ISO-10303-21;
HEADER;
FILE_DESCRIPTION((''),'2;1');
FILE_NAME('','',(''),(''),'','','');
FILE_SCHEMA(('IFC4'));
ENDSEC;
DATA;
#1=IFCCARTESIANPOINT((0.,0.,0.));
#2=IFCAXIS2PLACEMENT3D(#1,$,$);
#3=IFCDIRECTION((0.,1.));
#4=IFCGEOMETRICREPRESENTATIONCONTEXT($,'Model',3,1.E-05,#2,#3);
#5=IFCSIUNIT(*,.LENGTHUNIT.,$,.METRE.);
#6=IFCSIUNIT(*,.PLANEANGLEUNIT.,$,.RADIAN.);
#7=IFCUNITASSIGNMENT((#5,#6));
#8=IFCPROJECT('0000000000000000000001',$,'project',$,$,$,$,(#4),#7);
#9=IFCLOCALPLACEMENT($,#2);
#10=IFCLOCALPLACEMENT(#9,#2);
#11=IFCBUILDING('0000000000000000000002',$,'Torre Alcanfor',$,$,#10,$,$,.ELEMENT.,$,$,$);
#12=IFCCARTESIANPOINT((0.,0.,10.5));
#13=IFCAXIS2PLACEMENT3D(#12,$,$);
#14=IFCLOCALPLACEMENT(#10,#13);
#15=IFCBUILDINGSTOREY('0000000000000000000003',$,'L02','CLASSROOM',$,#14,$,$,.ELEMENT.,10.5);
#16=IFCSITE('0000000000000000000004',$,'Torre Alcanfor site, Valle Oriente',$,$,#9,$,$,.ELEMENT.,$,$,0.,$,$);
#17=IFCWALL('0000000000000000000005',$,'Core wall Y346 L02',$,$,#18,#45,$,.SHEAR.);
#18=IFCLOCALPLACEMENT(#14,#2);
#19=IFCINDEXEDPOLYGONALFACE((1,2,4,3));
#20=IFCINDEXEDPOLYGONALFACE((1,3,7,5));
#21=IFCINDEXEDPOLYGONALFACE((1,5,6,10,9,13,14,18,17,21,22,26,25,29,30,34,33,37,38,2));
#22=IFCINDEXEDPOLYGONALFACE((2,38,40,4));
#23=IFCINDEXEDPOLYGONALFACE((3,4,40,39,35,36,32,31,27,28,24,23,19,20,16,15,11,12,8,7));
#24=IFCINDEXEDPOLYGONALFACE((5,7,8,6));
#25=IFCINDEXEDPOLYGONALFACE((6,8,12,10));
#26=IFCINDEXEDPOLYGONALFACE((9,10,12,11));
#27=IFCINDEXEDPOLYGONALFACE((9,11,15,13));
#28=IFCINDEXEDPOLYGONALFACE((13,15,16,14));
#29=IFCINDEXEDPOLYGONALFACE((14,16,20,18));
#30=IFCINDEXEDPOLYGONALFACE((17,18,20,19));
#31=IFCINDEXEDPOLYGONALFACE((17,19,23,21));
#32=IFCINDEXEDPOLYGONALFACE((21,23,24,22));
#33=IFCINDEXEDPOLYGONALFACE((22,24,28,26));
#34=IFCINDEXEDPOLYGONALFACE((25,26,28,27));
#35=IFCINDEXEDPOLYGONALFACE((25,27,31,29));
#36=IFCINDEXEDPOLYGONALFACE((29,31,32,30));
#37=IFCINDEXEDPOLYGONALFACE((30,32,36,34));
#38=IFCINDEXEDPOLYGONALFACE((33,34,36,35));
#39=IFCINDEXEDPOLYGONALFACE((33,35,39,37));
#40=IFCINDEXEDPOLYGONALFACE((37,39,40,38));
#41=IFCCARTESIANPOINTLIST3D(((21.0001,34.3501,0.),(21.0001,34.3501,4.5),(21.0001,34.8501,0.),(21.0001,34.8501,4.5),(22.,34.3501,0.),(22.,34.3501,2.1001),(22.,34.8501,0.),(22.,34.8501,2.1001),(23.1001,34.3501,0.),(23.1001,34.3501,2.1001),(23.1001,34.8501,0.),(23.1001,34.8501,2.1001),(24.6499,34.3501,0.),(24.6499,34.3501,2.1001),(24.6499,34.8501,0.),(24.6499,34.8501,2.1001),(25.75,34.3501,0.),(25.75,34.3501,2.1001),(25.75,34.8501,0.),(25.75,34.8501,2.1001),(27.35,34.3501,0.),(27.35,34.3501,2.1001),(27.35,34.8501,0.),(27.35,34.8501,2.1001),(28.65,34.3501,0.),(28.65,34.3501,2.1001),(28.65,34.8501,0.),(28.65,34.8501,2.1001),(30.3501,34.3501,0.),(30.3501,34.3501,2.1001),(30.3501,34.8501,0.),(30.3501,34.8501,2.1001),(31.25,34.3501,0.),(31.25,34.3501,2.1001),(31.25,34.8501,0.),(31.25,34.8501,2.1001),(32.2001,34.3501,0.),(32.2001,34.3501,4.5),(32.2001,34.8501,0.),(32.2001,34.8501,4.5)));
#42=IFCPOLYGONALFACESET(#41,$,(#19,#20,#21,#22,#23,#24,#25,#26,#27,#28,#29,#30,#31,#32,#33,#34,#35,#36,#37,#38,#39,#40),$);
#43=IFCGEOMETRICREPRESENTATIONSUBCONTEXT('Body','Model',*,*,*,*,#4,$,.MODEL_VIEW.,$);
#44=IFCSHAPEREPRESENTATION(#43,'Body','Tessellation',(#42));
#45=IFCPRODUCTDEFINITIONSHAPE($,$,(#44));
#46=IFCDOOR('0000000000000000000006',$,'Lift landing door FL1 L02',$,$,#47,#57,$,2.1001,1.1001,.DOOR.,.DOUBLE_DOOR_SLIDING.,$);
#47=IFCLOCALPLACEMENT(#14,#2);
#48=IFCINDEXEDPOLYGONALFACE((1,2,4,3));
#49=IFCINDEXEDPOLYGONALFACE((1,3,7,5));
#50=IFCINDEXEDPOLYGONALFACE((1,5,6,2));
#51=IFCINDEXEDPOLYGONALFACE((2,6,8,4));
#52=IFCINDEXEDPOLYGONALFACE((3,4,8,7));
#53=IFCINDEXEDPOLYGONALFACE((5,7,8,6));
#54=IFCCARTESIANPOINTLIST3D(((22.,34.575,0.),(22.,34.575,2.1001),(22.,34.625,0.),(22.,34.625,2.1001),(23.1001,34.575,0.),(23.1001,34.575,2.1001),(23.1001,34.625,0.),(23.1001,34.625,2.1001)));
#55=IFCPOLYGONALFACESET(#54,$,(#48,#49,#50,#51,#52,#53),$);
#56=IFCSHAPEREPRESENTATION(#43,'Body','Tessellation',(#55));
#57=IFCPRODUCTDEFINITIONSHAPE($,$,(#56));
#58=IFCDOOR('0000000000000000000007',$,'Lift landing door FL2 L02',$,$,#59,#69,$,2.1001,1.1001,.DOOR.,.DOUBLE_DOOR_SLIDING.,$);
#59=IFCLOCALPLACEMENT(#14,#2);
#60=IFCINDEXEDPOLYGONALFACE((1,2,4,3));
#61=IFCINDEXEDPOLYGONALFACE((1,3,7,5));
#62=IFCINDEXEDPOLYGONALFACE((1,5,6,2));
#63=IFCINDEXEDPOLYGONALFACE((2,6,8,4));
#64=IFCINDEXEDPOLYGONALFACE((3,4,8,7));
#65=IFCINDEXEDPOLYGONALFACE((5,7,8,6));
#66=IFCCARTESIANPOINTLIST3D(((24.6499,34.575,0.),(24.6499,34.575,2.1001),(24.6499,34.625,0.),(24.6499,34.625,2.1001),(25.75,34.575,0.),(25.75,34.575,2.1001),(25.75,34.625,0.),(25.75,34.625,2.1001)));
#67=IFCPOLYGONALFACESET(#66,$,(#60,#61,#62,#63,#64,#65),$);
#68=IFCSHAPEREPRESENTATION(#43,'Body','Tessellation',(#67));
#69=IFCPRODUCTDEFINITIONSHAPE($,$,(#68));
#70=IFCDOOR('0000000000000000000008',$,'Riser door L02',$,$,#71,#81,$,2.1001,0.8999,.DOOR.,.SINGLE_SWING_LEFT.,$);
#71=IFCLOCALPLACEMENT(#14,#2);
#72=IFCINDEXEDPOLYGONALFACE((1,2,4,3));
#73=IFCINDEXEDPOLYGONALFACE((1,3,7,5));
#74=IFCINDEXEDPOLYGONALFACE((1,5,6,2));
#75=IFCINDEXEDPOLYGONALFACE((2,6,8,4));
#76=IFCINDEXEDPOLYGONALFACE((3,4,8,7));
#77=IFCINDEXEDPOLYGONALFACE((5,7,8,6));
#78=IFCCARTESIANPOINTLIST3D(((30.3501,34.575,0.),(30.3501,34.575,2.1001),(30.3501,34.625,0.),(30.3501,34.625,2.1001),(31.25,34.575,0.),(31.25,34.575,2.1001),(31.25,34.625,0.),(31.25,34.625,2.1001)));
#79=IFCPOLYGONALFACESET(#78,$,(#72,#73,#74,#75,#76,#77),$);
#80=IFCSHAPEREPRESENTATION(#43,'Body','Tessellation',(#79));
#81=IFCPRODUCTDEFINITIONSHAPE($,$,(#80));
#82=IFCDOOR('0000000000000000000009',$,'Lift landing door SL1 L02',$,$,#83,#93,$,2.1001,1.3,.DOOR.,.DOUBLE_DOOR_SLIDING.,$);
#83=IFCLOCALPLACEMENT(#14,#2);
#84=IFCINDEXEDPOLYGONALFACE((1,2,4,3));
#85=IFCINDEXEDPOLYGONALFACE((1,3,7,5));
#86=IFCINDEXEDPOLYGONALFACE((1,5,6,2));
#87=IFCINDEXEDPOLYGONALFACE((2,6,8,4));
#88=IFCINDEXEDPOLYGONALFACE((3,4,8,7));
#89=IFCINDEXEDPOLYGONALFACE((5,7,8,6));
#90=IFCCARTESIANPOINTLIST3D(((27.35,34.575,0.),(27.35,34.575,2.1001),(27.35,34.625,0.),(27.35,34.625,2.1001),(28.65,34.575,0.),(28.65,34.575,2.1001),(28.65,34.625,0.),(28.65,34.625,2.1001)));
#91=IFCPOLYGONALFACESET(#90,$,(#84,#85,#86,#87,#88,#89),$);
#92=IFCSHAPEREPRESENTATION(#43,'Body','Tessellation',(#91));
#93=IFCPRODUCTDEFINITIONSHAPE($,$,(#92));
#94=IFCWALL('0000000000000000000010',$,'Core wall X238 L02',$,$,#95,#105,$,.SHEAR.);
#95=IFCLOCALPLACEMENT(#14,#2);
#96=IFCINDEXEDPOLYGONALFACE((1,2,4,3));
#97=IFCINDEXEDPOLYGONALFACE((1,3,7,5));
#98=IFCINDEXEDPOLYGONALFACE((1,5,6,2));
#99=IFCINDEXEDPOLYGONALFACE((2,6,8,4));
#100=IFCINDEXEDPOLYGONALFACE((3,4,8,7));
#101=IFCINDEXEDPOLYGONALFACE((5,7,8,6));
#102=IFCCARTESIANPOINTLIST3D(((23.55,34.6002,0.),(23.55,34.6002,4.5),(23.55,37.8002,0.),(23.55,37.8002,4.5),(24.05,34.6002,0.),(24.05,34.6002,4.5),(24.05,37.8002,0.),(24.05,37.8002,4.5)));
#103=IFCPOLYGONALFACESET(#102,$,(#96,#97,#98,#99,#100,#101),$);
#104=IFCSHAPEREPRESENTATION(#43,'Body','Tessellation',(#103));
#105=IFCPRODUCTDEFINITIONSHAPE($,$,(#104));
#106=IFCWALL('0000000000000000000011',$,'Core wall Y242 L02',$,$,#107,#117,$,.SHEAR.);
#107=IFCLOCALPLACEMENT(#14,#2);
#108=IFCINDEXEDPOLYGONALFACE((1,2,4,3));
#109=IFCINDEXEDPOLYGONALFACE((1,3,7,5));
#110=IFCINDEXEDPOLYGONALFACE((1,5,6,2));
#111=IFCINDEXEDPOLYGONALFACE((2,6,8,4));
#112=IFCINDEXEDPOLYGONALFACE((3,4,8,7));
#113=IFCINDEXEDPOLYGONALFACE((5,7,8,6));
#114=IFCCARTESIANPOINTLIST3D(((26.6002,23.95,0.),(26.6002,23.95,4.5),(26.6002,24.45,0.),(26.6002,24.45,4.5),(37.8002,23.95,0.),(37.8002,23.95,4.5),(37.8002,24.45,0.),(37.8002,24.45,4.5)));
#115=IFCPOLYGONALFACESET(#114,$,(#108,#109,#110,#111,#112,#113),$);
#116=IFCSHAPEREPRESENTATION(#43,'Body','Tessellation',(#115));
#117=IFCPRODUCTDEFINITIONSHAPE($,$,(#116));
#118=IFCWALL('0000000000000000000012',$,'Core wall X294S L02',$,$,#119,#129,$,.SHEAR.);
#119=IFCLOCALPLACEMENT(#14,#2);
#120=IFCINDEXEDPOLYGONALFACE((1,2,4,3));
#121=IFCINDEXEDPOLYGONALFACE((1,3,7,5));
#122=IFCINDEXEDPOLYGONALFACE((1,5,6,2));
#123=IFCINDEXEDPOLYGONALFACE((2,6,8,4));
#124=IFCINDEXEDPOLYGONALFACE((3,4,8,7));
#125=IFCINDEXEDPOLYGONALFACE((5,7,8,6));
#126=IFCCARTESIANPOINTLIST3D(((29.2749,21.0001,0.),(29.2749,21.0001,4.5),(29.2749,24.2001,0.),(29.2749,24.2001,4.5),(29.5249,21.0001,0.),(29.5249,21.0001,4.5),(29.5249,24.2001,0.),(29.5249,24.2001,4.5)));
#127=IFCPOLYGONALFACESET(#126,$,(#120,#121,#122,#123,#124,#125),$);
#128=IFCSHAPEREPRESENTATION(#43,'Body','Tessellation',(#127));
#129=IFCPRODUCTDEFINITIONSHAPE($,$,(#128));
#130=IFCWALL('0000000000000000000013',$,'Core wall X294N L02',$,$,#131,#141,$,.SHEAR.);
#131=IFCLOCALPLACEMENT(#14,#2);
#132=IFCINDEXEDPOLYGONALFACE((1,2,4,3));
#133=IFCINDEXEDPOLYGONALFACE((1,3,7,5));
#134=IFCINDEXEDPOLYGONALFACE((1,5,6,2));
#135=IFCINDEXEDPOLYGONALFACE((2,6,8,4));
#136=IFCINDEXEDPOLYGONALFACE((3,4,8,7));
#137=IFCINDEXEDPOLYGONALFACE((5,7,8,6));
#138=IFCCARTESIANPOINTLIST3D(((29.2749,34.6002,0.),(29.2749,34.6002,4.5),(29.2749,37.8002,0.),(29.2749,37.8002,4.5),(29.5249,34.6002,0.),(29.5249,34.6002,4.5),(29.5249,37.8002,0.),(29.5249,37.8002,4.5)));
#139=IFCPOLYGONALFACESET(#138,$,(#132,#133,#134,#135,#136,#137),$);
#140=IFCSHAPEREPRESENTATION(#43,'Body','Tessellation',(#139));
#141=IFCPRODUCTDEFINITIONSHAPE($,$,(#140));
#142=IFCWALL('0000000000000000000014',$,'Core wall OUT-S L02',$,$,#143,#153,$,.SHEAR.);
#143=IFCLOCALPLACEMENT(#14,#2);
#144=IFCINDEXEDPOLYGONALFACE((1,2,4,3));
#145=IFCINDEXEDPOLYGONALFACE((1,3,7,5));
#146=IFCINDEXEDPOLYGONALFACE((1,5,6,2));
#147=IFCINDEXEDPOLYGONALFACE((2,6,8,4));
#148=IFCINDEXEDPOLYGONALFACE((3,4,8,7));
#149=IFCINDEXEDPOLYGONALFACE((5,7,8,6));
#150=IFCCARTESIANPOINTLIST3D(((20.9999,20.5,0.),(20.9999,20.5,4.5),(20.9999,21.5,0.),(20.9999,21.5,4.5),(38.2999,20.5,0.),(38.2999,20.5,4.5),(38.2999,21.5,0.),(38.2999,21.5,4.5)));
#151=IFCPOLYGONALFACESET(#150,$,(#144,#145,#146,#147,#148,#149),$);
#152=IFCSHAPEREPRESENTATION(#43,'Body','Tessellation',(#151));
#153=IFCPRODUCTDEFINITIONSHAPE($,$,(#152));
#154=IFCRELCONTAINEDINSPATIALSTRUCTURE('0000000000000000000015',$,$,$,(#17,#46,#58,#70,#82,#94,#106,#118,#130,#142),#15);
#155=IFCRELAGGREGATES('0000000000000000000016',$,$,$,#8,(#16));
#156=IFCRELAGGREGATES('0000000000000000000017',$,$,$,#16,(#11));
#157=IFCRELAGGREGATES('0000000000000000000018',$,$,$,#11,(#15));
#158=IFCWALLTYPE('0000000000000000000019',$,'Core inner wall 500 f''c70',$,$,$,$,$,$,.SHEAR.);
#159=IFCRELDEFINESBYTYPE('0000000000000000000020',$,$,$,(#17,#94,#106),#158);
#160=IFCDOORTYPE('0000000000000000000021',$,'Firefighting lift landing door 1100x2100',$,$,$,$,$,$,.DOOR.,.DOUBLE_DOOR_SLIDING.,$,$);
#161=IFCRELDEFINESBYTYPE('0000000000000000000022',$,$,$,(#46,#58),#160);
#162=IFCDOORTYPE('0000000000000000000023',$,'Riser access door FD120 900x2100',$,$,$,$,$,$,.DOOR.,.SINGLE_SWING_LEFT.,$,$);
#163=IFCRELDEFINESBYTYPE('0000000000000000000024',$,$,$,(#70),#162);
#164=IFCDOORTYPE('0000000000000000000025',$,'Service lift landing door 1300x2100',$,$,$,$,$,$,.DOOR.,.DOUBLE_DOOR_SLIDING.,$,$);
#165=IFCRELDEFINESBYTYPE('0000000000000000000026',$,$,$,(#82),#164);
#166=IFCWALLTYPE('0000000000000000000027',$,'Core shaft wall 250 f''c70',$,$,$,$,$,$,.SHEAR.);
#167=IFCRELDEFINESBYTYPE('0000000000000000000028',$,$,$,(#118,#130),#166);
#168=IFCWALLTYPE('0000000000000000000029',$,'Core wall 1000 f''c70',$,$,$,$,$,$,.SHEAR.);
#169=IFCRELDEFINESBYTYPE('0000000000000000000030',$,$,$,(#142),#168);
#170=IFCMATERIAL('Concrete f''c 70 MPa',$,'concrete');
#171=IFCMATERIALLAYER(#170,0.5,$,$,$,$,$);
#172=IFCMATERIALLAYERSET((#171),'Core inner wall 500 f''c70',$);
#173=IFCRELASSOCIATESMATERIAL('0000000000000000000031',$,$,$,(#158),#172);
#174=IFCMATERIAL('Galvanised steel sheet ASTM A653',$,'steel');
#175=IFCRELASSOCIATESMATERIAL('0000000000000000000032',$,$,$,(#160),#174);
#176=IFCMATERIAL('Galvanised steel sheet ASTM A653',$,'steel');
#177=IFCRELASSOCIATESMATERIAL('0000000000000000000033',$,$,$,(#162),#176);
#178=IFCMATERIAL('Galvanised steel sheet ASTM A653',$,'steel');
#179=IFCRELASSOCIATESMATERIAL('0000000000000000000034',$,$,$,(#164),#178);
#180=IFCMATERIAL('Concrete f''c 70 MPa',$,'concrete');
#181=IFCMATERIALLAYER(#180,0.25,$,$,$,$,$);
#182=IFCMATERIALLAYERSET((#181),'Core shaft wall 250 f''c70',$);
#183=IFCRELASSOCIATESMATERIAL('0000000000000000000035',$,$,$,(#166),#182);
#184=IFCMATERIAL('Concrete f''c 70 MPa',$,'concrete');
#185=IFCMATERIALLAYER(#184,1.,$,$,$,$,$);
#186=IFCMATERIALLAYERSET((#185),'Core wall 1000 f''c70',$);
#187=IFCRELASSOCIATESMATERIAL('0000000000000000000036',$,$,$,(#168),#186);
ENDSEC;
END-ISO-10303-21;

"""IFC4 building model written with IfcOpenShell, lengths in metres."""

from ifc_helpers import new_model, si_unit, direction, frame, frame_2d, origin, place, context, subcontext, project, spatial, rectangle, extrude, material, layer, layer_set, type_object, element, fill, save


model = new_model("IFC4")

# Units and contexts
model_context = context("Model", 3, precision=1e-05, world=origin(), true_north=direction((0.0, 1.0)))
body_context = subcontext(model_context, "Body", "Model", "MODEL_VIEW")
ifc_project = project(units=[si_unit("LENGTHUNIT", "METRE"), si_unit("PLANEANGLEUNIT", "RADIAN")], contexts=[model_context])

# Site, building, storey
site_placement = place(None, origin())
site = spatial("IfcSite", under=ifc_project, at=site_placement, Name="Torre Alcanfor site, Valle Oriente", CompositionType="ELEMENT", RefElevation=0.0)
building_placement = place(site_placement, origin())
building = spatial("IfcBuilding", under=site, at=building_placement, Name="Torre Alcanfor", CompositionType="ELEMENT")
storey_placement = place(building_placement, frame((0.0, 0.0, 10.5)))
storey = spatial("IfcBuildingStorey", under=building, at=storey_placement, Name="L02", Description="CLASSROOM", CompositionType="ELEMENT", Elevation=10.5)

# Shared definitions
ifc_material_1 = material(Name="Concrete f'c 70 MPa", Category="concrete")
ifc_layer_1 = layer(ifc_material_1, 0.5)
ifc_layer_set_1 = layer_set([ifc_layer_1], Name="Core inner wall 500 f'c70")
wall_type_1 = type_object("IfcWallType", Name="Core inner wall 500 f'c70", PredefinedType="SHEAR", material=ifc_layer_set_1)

# Wall, openings, doors
wall_1_placement = place(storey_placement, frame((21.0, 34.6001, 0.0), z_axis=(0.0, 0.0, 1.0), x_axis=(1.0, 0.0, 0.0)))
wall_1 = element("IfcWall", 1, at=wall_1_placement, inside=storey, type_object=wall_type_1, Name="Core wall Y346 L02", PredefinedType="SHEAR", context=body_context, shape_type="SweptSolid", body=[
    extrude(rectangle(XDim=11.2, YDim=0.5, at=frame_2d((5.6001, 0.0))), origin(), (0.0, 0.0, 1.0), 4.5),
])
opening_1_placement = place(wall_1_placement, frame((9.3501, 0.0, 0.0)))
opening_1 = element("IfcOpeningElement", 2, at=opening_1_placement, cuts=wall_1, PredefinedType="OPENING", context=body_context, shape_type="SweptSolid", body=[
    extrude(rectangle(XDim=0.8999, YDim=2.1001, at=frame_2d((0.45, 1.05))), frame((0.0, 0.26, 0.0), z_axis=(0.0, -1.0, 0.0), x_axis=(1.0, 0.0, 0.0)), (0.0, 0.0, 1.0), 0.52),
])
opening_2_placement = place(wall_1_placement, frame((1.0, 0.0, 0.0)))
opening_2 = element("IfcOpeningElement", 3, at=opening_2_placement, cuts=wall_1, PredefinedType="OPENING", context=body_context, shape_type="SweptSolid", body=[
    extrude(rectangle(XDim=1.1001, YDim=2.1001, at=frame_2d((0.55, 1.05))), frame((0.0, 0.26, 0.0), z_axis=(0.0, -1.0, 0.0), x_axis=(1.0, 0.0, 0.0)), (0.0, 0.0, 1.0), 0.52),
])
opening_3_placement = place(wall_1_placement, frame((3.6499, 0.0, 0.0)))
opening_3 = element("IfcOpeningElement", 4, at=opening_3_placement, cuts=wall_1, PredefinedType="OPENING", context=body_context, shape_type="SweptSolid", body=[
    extrude(rectangle(XDim=1.1001, YDim=2.1001, at=frame_2d((0.55, 1.05))), frame((0.0, 0.26, 0.0), z_axis=(0.0, -1.0, 0.0), x_axis=(1.0, 0.0, 0.0)), (0.0, 0.0, 1.0), 0.52),
])
opening_4_placement = place(wall_1_placement, frame((6.3501, 0.0, 0.0)))
opening_4 = element("IfcOpeningElement", 5, at=opening_4_placement, cuts=wall_1, PredefinedType="OPENING", context=body_context, shape_type="SweptSolid", body=[
    extrude(rectangle(XDim=1.3, YDim=2.1001, at=frame_2d((0.6499, 1.05))), frame((0.0, 0.26, 0.0), z_axis=(0.0, -1.0, 0.0), x_axis=(1.0, 0.0, 0.0)), (0.0, 0.0, 1.0), 0.52),
])
ifc_material_2 = material(Name="Galvanised steel sheet ASTM A653", Category="steel")
door_type_1 = type_object("IfcDoorType", Name="Firefighting lift landing door 1100x2100", OperationType="DOUBLE_DOOR_SLIDING", PredefinedType="DOOR", material=ifc_material_2)
door_1_placement = place(opening_2_placement, origin())
door_1 = element("IfcDoor", 6, at=door_1_placement, inside=storey, type_object=door_type_1, Name="Lift landing door FL1 L02", OperationType="DOUBLE_DOOR_SLIDING", OverallHeight=2.1001, OverallWidth=1.1001, PredefinedType="DOOR", context=body_context, shape_type="SweptSolid", body=[
    extrude(rectangle(XDim=1.1001, YDim=2.1001, at=frame_2d((0.55, 1.05))), frame((0.0, 0.0249, 0.0), z_axis=(0.0, -1.0, 0.0), x_axis=(1.0, 0.0, 0.0)), (0.0, 0.0, 1.0), 0.05),
])
fill(opening_2, door_1)
door_2_placement = place(opening_3_placement, origin())
door_2 = element("IfcDoor", 7, at=door_2_placement, inside=storey, type_object=door_type_1, Name="Lift landing door FL2 L02", OperationType="DOUBLE_DOOR_SLIDING", OverallHeight=2.1001, OverallWidth=1.1001, PredefinedType="DOOR", context=body_context, shape_type="SweptSolid", body=[
    extrude(rectangle(XDim=1.1001, YDim=2.1001, at=frame_2d((0.55, 1.05))), frame((0.0, 0.0249, 0.0), z_axis=(0.0, -1.0, 0.0), x_axis=(1.0, 0.0, 0.0)), (0.0, 0.0, 1.0), 0.05),
])
fill(opening_3, door_2)
ifc_material_3 = material(Name="Galvanised steel sheet ASTM A653", Category="steel")
door_type_2 = type_object("IfcDoorType", Name="Riser access door FD120 900x2100", OperationType="SINGLE_SWING_LEFT", PredefinedType="DOOR", material=ifc_material_3)
door_3_placement = place(opening_1_placement, origin())
door_3 = element("IfcDoor", 8, at=door_3_placement, inside=storey, type_object=door_type_2, Name="Riser door L02", OperationType="SINGLE_SWING_LEFT", OverallHeight=2.1001, OverallWidth=0.8999, PredefinedType="DOOR", context=body_context, shape_type="SweptSolid", body=[
    extrude(rectangle(XDim=0.8999, YDim=2.1001, at=frame_2d((0.45, 1.05))), frame((0.0, 0.0249, 0.0), z_axis=(0.0, -1.0, 0.0), x_axis=(1.0, 0.0, 0.0)), (0.0, 0.0, 1.0), 0.05),
])
fill(opening_1, door_3)
ifc_material_4 = material(Name="Galvanised steel sheet ASTM A653", Category="steel")
door_type_3 = type_object("IfcDoorType", Name="Service lift landing door 1300x2100", OperationType="DOUBLE_DOOR_SLIDING", PredefinedType="DOOR", material=ifc_material_4)
door_4_placement = place(opening_4_placement, origin())
door_4 = element("IfcDoor", 9, at=door_4_placement, inside=storey, type_object=door_type_3, Name="Lift landing door SL1 L02", OperationType="DOUBLE_DOOR_SLIDING", OverallHeight=2.1001, OverallWidth=1.3, PredefinedType="DOOR", context=body_context, shape_type="SweptSolid", body=[
    extrude(rectangle(XDim=1.3, YDim=2.1001, at=frame_2d((0.6499, 1.05))), frame((0.0, 0.0249, 0.0), z_axis=(0.0, -1.0, 0.0), x_axis=(1.0, 0.0, 0.0)), (0.0, 0.0, 1.0), 0.05),
])
fill(opening_4, door_4)

# Walls
wall_2_placement = place(storey_placement, frame((23.8, 34.6001, 0.0), z_axis=(0.0, 0.0, 1.0), x_axis=(0.0, 1.0, 0.0)))
element("IfcWall", 10, at=wall_2_placement, inside=storey, type_object=wall_type_1, Name="Core wall X238 L02", PredefinedType="SHEAR", context=body_context, shape_type="SweptSolid", body=[
    extrude(rectangle(XDim=3.2, YDim=0.5, at=frame_2d((1.6001, 0.0))), origin(), (0.0, 0.0, 1.0), 4.5),
])
wall_3_placement = place(storey_placement, frame((26.6001, 24.2, 0.0), z_axis=(0.0, 0.0, 1.0), x_axis=(1.0, 0.0, 0.0)))
element("IfcWall", 11, at=wall_3_placement, inside=storey, type_object=wall_type_1, Name="Core wall Y242 L02", PredefinedType="SHEAR", context=body_context, shape_type="SweptSolid", body=[
    extrude(rectangle(XDim=11.2, YDim=0.5, at=frame_2d((5.6001, 0.0))), origin(), (0.0, 0.0, 1.0), 4.5),
])
ifc_material_5 = material(Name="Concrete f'c 70 MPa", Category="concrete")
ifc_layer_2 = layer(ifc_material_5, 0.25)
ifc_layer_set_2 = layer_set([ifc_layer_2], Name="Core shaft wall 250 f'c70")
wall_type_2 = type_object("IfcWallType", Name="Core shaft wall 250 f'c70", PredefinedType="SHEAR", material=ifc_layer_set_2)
for number, where, z_axis, x_axis, name in (
    (12, (29.3999, 21.0, 0.0), (0.0, 0.0, 1.0), (0.0, 1.0, 0.0), "Core wall X294S L02"),
    (13, (29.3999, 34.6001, 0.0), (0.0, 0.0, 1.0), (0.0, 1.0, 0.0), "Core wall X294N L02"),
):
    element("IfcWall", number, at=place(storey_placement, frame(where, z_axis=z_axis, x_axis=x_axis)), inside=storey, type_object=wall_type_2, Name=name, PredefinedType="SHEAR", context=body_context, shape_type="SweptSolid", body=[
        extrude(rectangle(XDim=3.2, YDim=0.25, at=frame_2d((1.6001, 0.0))), origin(), (0.0, 0.0, 1.0), 4.5),
    ])
ifc_material_6 = material(Name="Concrete f'c 70 MPa", Category="concrete")
ifc_layer_3 = layer(ifc_material_6, 1.0)
ifc_layer_set_3 = layer_set([ifc_layer_3], Name="Core wall 1000 f'c70")
wall_type_3 = type_object("IfcWallType", Name="Core wall 1000 f'c70", PredefinedType="SHEAR", material=ifc_layer_set_3)
wall_4_placement = place(storey_placement, frame((21.0, 21.0, 0.0), z_axis=(0.0, 0.0, 1.0), x_axis=(1.0, 0.0, 0.0)))
element("IfcWall", 14, at=wall_4_placement, inside=storey, type_object=wall_type_3, Name="Core wall OUT-S L02", PredefinedType="SHEAR", context=body_context, shape_type="SweptSolid", body=[
    extrude(rectangle(XDim=17.3, YDim=1.0, at=frame_2d((8.6499, 0.0))), origin(), (0.0, 0.0, 1.0), 4.5),
])

save(model, "model.ifc")
